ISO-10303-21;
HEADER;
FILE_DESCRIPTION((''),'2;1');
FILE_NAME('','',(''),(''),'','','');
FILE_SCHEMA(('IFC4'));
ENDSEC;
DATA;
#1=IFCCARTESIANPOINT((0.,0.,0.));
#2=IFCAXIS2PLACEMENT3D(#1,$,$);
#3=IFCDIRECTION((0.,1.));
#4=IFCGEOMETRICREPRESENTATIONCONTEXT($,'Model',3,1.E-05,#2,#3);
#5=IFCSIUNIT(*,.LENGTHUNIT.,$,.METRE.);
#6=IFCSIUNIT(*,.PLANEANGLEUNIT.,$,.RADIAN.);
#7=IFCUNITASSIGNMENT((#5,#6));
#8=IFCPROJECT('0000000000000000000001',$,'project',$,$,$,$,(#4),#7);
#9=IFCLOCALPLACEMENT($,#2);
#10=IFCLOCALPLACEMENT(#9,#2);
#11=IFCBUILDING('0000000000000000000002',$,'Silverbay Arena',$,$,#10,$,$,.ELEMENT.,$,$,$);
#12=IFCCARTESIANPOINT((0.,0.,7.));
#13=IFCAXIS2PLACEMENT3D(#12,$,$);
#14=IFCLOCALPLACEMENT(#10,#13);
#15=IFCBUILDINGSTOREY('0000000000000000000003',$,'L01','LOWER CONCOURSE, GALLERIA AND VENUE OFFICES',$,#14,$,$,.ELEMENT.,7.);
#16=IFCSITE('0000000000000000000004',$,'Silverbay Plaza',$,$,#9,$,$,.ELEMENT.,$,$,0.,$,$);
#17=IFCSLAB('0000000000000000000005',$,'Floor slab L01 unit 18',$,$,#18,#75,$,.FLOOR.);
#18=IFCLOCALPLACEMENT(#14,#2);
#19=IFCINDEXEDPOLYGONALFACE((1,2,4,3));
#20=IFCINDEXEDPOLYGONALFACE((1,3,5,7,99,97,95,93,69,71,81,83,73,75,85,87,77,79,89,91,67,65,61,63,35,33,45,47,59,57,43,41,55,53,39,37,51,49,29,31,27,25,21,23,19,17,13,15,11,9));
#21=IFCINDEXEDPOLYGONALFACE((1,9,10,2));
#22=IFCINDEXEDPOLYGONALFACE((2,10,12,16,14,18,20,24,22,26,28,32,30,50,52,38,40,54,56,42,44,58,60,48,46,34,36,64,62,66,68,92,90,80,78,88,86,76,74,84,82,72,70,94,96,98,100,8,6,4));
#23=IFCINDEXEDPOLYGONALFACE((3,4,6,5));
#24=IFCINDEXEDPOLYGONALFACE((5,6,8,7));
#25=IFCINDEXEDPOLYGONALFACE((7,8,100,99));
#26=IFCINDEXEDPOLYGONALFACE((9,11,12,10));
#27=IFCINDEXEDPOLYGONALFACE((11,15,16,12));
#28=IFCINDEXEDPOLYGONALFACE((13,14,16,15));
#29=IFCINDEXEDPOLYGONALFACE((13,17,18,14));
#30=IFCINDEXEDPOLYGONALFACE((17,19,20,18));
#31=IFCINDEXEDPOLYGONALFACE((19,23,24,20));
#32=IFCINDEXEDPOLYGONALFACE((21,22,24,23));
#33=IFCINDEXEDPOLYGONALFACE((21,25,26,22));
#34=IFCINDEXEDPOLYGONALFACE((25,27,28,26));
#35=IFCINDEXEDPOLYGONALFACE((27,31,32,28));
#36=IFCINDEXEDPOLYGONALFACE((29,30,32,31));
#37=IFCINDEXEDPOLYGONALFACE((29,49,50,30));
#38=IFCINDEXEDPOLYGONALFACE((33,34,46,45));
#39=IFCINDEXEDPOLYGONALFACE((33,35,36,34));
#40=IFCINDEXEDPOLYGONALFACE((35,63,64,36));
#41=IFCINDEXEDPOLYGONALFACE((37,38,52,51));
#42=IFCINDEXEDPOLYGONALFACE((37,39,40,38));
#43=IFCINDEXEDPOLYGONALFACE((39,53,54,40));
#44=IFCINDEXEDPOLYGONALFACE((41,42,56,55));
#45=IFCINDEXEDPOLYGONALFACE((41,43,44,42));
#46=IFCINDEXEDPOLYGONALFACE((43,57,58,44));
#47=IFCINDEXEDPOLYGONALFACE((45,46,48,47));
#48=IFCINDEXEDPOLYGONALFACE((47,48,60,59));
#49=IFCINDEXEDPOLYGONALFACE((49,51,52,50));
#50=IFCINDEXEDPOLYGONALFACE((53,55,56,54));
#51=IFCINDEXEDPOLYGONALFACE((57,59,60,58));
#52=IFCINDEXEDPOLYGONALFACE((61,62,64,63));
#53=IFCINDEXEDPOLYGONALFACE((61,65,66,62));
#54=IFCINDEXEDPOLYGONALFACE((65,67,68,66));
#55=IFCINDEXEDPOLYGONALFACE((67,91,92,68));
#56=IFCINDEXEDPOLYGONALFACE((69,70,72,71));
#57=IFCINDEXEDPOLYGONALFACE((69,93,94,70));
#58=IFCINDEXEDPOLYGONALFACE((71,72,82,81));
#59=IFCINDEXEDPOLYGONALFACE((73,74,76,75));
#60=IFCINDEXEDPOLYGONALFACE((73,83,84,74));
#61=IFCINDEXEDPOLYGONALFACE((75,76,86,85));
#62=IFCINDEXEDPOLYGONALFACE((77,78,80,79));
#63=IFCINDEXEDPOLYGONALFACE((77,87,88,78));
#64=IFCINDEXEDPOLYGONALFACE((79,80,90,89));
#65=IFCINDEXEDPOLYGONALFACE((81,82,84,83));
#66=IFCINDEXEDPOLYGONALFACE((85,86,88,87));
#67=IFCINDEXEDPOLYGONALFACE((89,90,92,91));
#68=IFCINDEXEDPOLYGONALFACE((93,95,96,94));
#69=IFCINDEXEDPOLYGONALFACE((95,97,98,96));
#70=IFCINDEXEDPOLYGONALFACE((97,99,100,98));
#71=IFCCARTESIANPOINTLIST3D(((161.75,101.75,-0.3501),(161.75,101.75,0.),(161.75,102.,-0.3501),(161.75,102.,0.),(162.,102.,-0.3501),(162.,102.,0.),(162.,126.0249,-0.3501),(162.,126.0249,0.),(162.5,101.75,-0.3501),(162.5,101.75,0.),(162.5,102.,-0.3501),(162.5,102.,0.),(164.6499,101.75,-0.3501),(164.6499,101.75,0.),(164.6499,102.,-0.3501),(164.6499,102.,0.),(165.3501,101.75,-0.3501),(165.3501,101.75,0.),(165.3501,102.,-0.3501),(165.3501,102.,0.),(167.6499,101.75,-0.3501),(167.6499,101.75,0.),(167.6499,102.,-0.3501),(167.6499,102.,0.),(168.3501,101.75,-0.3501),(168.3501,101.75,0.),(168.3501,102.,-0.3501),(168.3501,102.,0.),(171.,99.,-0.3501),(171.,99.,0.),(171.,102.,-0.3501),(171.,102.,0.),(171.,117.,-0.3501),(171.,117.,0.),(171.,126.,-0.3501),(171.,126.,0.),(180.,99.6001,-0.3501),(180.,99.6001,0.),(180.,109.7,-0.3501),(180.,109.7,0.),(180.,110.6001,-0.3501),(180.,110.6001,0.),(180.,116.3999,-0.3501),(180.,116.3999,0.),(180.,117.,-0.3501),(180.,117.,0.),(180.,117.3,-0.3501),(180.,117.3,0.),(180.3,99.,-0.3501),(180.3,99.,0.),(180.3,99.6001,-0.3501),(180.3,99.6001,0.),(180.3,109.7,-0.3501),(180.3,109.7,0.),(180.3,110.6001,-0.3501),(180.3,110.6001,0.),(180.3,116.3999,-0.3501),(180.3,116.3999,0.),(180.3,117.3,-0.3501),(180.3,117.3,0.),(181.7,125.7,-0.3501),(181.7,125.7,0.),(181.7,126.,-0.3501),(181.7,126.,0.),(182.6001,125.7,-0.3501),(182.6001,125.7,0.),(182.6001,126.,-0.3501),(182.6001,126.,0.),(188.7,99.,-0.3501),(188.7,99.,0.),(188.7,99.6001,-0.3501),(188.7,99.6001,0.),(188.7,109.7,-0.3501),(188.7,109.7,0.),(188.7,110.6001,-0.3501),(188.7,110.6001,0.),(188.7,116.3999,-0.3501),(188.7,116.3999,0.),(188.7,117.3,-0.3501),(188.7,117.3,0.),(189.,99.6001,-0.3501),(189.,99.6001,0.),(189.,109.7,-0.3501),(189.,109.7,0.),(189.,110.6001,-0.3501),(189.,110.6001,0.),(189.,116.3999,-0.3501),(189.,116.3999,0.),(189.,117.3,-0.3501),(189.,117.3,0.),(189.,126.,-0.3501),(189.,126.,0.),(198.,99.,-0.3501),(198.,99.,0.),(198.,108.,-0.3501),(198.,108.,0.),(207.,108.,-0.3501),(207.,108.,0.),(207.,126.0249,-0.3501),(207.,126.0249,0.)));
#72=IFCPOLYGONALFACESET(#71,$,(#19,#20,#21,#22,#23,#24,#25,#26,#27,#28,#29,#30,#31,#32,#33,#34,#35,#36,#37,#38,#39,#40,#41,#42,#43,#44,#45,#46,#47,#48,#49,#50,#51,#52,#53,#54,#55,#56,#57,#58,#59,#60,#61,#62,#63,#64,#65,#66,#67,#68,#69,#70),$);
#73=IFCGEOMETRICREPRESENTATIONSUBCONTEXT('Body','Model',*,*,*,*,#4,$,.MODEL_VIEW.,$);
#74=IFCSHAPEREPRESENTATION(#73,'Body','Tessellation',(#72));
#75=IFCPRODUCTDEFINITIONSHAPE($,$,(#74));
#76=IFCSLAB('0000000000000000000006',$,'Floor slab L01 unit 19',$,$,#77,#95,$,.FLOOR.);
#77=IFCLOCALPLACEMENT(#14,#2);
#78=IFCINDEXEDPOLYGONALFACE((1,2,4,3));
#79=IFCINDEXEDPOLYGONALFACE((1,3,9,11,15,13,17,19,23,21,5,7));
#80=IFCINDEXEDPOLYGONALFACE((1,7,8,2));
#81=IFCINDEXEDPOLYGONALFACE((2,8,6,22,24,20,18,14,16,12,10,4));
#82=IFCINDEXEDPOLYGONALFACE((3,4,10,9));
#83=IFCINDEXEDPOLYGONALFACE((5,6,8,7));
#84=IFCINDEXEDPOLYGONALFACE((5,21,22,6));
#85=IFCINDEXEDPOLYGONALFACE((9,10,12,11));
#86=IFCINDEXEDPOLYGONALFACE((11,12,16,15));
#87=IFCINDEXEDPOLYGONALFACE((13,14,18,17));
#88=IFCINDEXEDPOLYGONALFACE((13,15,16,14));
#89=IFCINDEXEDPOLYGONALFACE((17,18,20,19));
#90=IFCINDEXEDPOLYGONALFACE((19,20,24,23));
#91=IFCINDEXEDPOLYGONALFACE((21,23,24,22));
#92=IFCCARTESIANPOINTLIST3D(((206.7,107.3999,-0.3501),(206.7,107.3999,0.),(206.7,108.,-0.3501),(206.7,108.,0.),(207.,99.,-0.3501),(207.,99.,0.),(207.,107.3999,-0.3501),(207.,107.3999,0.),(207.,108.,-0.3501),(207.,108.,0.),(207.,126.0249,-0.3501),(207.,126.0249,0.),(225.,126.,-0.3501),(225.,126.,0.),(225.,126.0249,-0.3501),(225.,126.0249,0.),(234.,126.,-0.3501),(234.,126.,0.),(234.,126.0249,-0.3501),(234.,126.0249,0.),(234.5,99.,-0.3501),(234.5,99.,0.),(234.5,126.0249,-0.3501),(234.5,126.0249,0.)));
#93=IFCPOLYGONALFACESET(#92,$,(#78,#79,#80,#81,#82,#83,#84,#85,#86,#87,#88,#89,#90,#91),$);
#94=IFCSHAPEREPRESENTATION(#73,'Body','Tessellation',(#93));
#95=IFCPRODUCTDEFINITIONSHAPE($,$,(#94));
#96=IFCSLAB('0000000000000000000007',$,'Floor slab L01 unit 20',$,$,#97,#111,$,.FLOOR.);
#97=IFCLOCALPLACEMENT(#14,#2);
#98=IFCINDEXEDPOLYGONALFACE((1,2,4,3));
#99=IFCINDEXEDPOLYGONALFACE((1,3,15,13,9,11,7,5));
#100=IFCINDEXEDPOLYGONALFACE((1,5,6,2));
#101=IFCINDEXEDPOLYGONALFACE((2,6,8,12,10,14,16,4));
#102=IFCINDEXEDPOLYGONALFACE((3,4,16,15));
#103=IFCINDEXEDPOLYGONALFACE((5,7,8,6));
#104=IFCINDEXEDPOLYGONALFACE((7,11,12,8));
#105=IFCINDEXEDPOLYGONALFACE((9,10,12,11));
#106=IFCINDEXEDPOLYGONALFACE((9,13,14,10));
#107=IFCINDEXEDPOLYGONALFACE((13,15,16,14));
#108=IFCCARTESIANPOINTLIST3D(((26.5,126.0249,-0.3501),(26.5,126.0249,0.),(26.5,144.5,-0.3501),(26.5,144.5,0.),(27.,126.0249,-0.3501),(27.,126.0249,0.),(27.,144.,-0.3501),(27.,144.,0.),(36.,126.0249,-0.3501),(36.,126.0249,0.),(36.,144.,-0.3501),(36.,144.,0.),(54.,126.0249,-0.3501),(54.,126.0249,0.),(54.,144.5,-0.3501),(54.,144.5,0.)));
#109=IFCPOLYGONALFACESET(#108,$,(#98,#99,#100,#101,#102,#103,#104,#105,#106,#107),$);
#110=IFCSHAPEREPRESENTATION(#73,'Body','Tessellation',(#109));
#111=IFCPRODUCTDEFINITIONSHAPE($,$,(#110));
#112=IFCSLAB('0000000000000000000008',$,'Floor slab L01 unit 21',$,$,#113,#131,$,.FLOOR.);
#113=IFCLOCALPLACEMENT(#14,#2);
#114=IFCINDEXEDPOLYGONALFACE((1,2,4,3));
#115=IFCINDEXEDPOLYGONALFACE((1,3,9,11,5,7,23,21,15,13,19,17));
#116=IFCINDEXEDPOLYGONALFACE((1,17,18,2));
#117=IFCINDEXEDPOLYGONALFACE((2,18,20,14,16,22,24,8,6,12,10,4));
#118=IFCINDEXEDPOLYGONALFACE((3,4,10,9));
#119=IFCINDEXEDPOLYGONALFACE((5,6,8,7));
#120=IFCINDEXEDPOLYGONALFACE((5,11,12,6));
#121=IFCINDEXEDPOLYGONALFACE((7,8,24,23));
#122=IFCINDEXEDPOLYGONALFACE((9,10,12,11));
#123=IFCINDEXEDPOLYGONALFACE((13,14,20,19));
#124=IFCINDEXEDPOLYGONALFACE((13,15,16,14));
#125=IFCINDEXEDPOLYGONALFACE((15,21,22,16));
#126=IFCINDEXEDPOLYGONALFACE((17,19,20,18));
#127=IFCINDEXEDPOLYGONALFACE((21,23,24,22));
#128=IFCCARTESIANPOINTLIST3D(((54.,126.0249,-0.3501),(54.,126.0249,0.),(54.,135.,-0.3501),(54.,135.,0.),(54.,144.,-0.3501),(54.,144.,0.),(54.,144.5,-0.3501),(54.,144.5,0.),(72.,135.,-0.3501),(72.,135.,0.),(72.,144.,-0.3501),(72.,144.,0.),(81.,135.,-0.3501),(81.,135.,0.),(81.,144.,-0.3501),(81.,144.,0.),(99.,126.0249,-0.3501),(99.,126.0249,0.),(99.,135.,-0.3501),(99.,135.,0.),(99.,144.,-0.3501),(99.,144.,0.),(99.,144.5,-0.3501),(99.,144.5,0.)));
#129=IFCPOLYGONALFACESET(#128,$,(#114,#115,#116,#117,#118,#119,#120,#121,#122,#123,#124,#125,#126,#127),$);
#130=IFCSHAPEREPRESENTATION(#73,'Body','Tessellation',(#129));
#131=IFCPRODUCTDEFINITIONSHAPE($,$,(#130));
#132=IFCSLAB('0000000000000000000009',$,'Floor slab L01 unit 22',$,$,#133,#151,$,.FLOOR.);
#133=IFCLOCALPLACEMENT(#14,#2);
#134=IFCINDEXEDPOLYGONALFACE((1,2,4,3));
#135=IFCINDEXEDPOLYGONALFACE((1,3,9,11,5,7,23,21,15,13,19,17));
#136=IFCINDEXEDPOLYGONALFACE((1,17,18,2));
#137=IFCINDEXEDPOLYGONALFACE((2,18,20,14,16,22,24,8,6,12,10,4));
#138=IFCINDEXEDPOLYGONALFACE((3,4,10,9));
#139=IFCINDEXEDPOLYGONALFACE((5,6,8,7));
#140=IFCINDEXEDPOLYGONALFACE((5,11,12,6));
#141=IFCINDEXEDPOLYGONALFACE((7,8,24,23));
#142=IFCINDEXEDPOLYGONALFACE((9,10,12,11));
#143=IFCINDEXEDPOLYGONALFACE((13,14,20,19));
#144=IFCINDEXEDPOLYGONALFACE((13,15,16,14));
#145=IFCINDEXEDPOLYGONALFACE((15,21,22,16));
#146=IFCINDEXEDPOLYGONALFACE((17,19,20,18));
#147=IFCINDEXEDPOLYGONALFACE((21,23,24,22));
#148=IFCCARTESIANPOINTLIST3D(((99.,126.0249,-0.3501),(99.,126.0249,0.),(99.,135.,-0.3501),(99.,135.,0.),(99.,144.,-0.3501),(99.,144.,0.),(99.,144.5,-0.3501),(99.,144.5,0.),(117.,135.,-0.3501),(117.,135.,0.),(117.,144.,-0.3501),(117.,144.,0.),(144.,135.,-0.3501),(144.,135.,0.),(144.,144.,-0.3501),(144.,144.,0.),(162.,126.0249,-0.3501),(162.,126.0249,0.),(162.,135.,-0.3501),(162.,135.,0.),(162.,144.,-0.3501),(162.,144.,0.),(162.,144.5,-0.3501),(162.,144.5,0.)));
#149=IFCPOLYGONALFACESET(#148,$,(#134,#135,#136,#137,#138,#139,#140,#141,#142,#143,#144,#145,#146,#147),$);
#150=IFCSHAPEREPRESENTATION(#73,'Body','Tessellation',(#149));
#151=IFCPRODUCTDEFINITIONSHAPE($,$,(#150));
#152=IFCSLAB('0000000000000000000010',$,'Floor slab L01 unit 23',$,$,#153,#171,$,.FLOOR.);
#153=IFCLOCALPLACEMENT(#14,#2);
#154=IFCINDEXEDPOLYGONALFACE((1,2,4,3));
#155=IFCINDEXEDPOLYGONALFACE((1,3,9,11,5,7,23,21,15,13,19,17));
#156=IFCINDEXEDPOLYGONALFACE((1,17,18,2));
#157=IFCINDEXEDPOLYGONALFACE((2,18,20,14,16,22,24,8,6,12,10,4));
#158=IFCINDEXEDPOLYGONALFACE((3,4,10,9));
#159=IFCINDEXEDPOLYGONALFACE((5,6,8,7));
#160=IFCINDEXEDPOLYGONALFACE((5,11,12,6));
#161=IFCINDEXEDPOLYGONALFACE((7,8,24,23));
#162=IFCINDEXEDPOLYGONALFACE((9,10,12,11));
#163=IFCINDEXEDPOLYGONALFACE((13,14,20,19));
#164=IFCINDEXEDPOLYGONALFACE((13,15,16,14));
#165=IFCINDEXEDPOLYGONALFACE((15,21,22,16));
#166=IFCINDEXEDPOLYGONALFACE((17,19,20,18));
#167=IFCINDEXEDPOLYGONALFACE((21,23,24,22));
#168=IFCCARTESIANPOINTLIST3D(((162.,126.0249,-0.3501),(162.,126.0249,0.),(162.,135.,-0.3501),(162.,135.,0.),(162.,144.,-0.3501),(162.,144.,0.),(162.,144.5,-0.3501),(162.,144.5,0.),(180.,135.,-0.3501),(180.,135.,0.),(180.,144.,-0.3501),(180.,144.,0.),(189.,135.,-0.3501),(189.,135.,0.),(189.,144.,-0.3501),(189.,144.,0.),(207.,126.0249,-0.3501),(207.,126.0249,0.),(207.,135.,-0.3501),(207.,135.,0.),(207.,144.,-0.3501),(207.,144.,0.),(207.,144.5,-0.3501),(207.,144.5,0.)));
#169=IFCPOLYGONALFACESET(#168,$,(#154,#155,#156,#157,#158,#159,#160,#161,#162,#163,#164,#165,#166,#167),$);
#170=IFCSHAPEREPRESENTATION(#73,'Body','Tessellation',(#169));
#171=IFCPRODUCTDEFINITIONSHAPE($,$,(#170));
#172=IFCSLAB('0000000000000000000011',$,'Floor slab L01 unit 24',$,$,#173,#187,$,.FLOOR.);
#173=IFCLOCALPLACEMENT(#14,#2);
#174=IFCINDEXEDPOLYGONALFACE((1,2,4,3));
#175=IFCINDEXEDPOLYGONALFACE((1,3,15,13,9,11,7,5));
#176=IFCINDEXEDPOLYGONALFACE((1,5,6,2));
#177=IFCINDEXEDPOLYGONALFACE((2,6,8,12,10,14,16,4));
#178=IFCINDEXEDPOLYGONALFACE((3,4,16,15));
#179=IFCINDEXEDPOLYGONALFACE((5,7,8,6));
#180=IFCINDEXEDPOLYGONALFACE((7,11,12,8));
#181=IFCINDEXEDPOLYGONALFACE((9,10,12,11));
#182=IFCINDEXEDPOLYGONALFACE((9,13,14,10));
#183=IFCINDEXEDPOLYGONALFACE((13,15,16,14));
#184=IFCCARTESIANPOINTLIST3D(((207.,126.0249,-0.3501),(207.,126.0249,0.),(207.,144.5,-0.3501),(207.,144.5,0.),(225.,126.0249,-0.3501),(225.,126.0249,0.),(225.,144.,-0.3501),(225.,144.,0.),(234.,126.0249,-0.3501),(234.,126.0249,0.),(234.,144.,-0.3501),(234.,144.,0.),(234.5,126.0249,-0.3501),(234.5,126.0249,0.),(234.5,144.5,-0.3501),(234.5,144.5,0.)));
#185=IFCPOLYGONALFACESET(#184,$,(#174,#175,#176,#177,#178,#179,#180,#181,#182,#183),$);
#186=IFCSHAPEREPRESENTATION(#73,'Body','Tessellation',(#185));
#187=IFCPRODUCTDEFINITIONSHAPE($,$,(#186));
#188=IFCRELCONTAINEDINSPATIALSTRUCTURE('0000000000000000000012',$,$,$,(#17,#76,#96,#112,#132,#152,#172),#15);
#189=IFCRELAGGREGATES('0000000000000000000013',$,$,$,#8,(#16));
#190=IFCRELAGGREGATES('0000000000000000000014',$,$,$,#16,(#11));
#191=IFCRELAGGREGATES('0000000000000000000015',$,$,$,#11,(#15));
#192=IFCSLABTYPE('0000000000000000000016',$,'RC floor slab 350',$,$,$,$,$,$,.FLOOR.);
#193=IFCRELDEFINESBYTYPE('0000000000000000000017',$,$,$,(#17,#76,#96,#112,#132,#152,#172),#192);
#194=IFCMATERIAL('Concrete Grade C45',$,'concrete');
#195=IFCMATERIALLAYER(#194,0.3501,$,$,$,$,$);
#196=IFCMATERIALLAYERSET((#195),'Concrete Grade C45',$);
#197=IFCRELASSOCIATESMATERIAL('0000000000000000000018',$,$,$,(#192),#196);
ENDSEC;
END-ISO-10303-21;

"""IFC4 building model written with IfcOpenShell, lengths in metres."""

from ifc_helpers import new_model, si_unit, direction, frame, origin, place, context, subcontext, project, spatial, polyline, outline, extrude, material, layer, layer_set, type_object, element, save


model = new_model("IFC4")

# Units and contexts
model_context = context("Model", 3, precision=1e-05, world=origin(), true_north=direction((0.0, 1.0)))
body_context = subcontext(model_context, "Body", "Model", "MODEL_VIEW")
ifc_project = project(units=[si_unit("LENGTHUNIT", "METRE"), si_unit("PLANEANGLEUNIT", "RADIAN")], contexts=[model_context])

# Site, building, storey
site_placement = place(None, origin())
site = spatial("IfcSite", under=ifc_project, at=site_placement, Name="Silverbay Plaza", CompositionType="ELEMENT", RefElevation=0.0)
building_placement = place(site_placement, origin())
building = spatial("IfcBuilding", under=site, at=building_placement, Name="Silverbay Arena", CompositionType="ELEMENT")
storey_placement = place(building_placement, frame((0.0, 0.0, 7.0)))
storey = spatial("IfcBuildingStorey", under=building, at=storey_placement, Name="L01", Description="LOWER CONCOURSE, GALLERIA AND VENUE OFFICES", CompositionType="ELEMENT", Elevation=7.0)

# Slabs
ifc_material_1 = material(Name="Concrete Grade C45", Category="concrete")
ifc_layer_1 = layer(ifc_material_1, 0.3501)
ifc_layer_set_1 = layer_set([ifc_layer_1], Name="Concrete Grade C45")
slab_type_1 = type_object("IfcSlabType", Name="RC floor slab 350", PredefinedType="FLOOR", material=ifc_layer_set_1)
slab_1_placement = place(storey_placement, frame((0.0, 0.0, -0.3501)))
element("IfcSlab", 1, at=slab_1_placement, inside=storey, type_object=slab_type_1, Name="Floor slab L01 unit 18", PredefinedType="FLOOR", context=body_context, shape_type="SweptSolid", body=[
    extrude(outline(polyline([(180.3, 99.0), (171.0, 99.0), (171.0, 102.0), (168.3501, 102.0), (168.3501, 101.75), (167.6499, 101.75), (167.6499, 102.0), (165.3501, 102.0), (165.3501, 101.75), (164.6499, 101.75), (164.6499, 102.0), (162.5, 102.0), (162.5, 101.75), (161.75, 101.75), (161.75, 102.0), (162.0, 102.0), (162.0, 126.0249), (207.0, 126.0249), (207.0, 108.0), (198.0, 108.0), (198.0, 99.0), (188.7, 99.0), (188.7, 99.6001), (189.0, 99.6001), (189.0, 109.7), (188.7, 109.7), (188.7, 110.6001), (189.0, 110.6001), (189.0, 116.3999), (188.7, 116.3999), (188.7, 117.3), (189.0, 117.3), (189.0, 126.0), (182.6001, 126.0), (182.6001, 125.7), (181.7, 125.7), (181.7, 126.0), (171.0, 126.0), (171.0, 117.0), (180.0, 117.0), (180.0, 117.3), (180.3, 117.3), (180.3, 116.3999), (180.0, 116.3999), (180.0, 110.6001), (180.3, 110.6001), (180.3, 109.7), (180.0, 109.7), (180.0, 99.6001), (180.3, 99.6001), (180.3, 99.0)])), origin(), (0.0, 0.0, 1.0), 0.3501),
])
slab_2_placement = place(storey_placement, frame((0.0, 0.0, -0.3501)))
element("IfcSlab", 2, at=slab_2_placement, inside=storey, type_object=slab_type_1, Name="Floor slab L01 unit 19", PredefinedType="FLOOR", context=body_context, shape_type="SweptSolid", body=[
    extrude(outline(polyline([(206.7, 108.0), (207.0, 108.0), (207.0, 126.0249), (225.0, 126.0249), (225.0, 126.0), (234.0, 126.0), (234.0, 126.0249), (234.5, 126.0249), (234.5, 99.0), (207.0, 99.0), (207.0, 107.3999), (206.7, 107.3999), (206.7, 108.0)])), origin(), (0.0, 0.0, 1.0), 0.3501),
])
slab_3_placement = place(storey_placement, frame((0.0, 0.0, -0.3501)))
element("IfcSlab", 3, at=slab_3_placement, inside=storey, type_object=slab_type_1, Name="Floor slab L01 unit 20", PredefinedType="FLOOR", context=body_context, shape_type="SweptSolid", body=[
    extrude(outline(polyline([(26.5, 126.0249), (26.5, 144.5), (54.0, 144.5), (54.0, 126.0249), (36.0, 126.0249), (36.0, 144.0), (27.0, 144.0), (27.0, 126.0249), (26.5, 126.0249)])), origin(), (0.0, 0.0, 1.0), 0.3501),
])
slab_4_placement = place(storey_placement, frame((0.0, 0.0, -0.3501)))
element("IfcSlab", 4, at=slab_4_placement, inside=storey, type_object=slab_type_1, Name="Floor slab L01 unit 21", PredefinedType="FLOOR", context=body_context, shape_type="SweptSolid", body=[
    extrude(outline(polyline([(54.0, 126.0249), (54.0, 135.0), (72.0, 135.0), (72.0, 144.0), (54.0, 144.0), (54.0, 144.5), (99.0, 144.5), (99.0, 144.0), (81.0, 144.0), (81.0, 135.0), (99.0, 135.0), (99.0, 126.0249), (54.0, 126.0249)])), origin(), (0.0, 0.0, 1.0), 0.3501),
])
slab_5_placement = place(storey_placement, frame((0.0, 0.0, -0.3501)))
element("IfcSlab", 5, at=slab_5_placement, inside=storey, type_object=slab_type_1, Name="Floor slab L01 unit 22", PredefinedType="FLOOR", context=body_context, shape_type="SweptSolid", body=[
    extrude(outline(polyline([(99.0, 144.0), (99.0, 144.5), (162.0, 144.5), (162.0, 144.0), (144.0, 144.0), (144.0, 135.0), (162.0, 135.0), (162.0, 126.0249), (99.0, 126.0249), (99.0, 135.0), (117.0, 135.0), (117.0, 144.0), (99.0, 144.0)])), origin(), (0.0, 0.0, 1.0), 0.3501),
])
slab_6_placement = place(storey_placement, frame((0.0, 0.0, -0.3501)))
element("IfcSlab", 6, at=slab_6_placement, inside=storey, type_object=slab_type_1, Name="Floor slab L01 unit 23", PredefinedType="FLOOR", context=body_context, shape_type="SweptSolid", body=[
    extrude(outline(polyline([(162.0, 126.0249), (162.0, 135.0), (180.0, 135.0), (180.0, 144.0), (162.0, 144.0), (162.0, 144.5), (207.0, 144.5), (207.0, 144.0), (189.0, 144.0), (189.0, 135.0), (207.0, 135.0), (207.0, 126.0249), (162.0, 126.0249)])), origin(), (0.0, 0.0, 1.0), 0.3501),
])
slab_7_placement = place(storey_placement, frame((0.0, 0.0, -0.3501)))
element("IfcSlab", 7, at=slab_7_placement, inside=storey, type_object=slab_type_1, Name="Floor slab L01 unit 24", PredefinedType="FLOOR", context=body_context, shape_type="SweptSolid", body=[
    extrude(outline(polyline([(234.0, 126.0249), (234.0, 144.0), (225.0, 144.0), (225.0, 126.0249), (207.0, 126.0249), (207.0, 144.5), (234.5, 144.5), (234.5, 126.0249), (234.0, 126.0249)])), origin(), (0.0, 0.0, 1.0), 0.3501),
])

save(model, "model.ifc")
